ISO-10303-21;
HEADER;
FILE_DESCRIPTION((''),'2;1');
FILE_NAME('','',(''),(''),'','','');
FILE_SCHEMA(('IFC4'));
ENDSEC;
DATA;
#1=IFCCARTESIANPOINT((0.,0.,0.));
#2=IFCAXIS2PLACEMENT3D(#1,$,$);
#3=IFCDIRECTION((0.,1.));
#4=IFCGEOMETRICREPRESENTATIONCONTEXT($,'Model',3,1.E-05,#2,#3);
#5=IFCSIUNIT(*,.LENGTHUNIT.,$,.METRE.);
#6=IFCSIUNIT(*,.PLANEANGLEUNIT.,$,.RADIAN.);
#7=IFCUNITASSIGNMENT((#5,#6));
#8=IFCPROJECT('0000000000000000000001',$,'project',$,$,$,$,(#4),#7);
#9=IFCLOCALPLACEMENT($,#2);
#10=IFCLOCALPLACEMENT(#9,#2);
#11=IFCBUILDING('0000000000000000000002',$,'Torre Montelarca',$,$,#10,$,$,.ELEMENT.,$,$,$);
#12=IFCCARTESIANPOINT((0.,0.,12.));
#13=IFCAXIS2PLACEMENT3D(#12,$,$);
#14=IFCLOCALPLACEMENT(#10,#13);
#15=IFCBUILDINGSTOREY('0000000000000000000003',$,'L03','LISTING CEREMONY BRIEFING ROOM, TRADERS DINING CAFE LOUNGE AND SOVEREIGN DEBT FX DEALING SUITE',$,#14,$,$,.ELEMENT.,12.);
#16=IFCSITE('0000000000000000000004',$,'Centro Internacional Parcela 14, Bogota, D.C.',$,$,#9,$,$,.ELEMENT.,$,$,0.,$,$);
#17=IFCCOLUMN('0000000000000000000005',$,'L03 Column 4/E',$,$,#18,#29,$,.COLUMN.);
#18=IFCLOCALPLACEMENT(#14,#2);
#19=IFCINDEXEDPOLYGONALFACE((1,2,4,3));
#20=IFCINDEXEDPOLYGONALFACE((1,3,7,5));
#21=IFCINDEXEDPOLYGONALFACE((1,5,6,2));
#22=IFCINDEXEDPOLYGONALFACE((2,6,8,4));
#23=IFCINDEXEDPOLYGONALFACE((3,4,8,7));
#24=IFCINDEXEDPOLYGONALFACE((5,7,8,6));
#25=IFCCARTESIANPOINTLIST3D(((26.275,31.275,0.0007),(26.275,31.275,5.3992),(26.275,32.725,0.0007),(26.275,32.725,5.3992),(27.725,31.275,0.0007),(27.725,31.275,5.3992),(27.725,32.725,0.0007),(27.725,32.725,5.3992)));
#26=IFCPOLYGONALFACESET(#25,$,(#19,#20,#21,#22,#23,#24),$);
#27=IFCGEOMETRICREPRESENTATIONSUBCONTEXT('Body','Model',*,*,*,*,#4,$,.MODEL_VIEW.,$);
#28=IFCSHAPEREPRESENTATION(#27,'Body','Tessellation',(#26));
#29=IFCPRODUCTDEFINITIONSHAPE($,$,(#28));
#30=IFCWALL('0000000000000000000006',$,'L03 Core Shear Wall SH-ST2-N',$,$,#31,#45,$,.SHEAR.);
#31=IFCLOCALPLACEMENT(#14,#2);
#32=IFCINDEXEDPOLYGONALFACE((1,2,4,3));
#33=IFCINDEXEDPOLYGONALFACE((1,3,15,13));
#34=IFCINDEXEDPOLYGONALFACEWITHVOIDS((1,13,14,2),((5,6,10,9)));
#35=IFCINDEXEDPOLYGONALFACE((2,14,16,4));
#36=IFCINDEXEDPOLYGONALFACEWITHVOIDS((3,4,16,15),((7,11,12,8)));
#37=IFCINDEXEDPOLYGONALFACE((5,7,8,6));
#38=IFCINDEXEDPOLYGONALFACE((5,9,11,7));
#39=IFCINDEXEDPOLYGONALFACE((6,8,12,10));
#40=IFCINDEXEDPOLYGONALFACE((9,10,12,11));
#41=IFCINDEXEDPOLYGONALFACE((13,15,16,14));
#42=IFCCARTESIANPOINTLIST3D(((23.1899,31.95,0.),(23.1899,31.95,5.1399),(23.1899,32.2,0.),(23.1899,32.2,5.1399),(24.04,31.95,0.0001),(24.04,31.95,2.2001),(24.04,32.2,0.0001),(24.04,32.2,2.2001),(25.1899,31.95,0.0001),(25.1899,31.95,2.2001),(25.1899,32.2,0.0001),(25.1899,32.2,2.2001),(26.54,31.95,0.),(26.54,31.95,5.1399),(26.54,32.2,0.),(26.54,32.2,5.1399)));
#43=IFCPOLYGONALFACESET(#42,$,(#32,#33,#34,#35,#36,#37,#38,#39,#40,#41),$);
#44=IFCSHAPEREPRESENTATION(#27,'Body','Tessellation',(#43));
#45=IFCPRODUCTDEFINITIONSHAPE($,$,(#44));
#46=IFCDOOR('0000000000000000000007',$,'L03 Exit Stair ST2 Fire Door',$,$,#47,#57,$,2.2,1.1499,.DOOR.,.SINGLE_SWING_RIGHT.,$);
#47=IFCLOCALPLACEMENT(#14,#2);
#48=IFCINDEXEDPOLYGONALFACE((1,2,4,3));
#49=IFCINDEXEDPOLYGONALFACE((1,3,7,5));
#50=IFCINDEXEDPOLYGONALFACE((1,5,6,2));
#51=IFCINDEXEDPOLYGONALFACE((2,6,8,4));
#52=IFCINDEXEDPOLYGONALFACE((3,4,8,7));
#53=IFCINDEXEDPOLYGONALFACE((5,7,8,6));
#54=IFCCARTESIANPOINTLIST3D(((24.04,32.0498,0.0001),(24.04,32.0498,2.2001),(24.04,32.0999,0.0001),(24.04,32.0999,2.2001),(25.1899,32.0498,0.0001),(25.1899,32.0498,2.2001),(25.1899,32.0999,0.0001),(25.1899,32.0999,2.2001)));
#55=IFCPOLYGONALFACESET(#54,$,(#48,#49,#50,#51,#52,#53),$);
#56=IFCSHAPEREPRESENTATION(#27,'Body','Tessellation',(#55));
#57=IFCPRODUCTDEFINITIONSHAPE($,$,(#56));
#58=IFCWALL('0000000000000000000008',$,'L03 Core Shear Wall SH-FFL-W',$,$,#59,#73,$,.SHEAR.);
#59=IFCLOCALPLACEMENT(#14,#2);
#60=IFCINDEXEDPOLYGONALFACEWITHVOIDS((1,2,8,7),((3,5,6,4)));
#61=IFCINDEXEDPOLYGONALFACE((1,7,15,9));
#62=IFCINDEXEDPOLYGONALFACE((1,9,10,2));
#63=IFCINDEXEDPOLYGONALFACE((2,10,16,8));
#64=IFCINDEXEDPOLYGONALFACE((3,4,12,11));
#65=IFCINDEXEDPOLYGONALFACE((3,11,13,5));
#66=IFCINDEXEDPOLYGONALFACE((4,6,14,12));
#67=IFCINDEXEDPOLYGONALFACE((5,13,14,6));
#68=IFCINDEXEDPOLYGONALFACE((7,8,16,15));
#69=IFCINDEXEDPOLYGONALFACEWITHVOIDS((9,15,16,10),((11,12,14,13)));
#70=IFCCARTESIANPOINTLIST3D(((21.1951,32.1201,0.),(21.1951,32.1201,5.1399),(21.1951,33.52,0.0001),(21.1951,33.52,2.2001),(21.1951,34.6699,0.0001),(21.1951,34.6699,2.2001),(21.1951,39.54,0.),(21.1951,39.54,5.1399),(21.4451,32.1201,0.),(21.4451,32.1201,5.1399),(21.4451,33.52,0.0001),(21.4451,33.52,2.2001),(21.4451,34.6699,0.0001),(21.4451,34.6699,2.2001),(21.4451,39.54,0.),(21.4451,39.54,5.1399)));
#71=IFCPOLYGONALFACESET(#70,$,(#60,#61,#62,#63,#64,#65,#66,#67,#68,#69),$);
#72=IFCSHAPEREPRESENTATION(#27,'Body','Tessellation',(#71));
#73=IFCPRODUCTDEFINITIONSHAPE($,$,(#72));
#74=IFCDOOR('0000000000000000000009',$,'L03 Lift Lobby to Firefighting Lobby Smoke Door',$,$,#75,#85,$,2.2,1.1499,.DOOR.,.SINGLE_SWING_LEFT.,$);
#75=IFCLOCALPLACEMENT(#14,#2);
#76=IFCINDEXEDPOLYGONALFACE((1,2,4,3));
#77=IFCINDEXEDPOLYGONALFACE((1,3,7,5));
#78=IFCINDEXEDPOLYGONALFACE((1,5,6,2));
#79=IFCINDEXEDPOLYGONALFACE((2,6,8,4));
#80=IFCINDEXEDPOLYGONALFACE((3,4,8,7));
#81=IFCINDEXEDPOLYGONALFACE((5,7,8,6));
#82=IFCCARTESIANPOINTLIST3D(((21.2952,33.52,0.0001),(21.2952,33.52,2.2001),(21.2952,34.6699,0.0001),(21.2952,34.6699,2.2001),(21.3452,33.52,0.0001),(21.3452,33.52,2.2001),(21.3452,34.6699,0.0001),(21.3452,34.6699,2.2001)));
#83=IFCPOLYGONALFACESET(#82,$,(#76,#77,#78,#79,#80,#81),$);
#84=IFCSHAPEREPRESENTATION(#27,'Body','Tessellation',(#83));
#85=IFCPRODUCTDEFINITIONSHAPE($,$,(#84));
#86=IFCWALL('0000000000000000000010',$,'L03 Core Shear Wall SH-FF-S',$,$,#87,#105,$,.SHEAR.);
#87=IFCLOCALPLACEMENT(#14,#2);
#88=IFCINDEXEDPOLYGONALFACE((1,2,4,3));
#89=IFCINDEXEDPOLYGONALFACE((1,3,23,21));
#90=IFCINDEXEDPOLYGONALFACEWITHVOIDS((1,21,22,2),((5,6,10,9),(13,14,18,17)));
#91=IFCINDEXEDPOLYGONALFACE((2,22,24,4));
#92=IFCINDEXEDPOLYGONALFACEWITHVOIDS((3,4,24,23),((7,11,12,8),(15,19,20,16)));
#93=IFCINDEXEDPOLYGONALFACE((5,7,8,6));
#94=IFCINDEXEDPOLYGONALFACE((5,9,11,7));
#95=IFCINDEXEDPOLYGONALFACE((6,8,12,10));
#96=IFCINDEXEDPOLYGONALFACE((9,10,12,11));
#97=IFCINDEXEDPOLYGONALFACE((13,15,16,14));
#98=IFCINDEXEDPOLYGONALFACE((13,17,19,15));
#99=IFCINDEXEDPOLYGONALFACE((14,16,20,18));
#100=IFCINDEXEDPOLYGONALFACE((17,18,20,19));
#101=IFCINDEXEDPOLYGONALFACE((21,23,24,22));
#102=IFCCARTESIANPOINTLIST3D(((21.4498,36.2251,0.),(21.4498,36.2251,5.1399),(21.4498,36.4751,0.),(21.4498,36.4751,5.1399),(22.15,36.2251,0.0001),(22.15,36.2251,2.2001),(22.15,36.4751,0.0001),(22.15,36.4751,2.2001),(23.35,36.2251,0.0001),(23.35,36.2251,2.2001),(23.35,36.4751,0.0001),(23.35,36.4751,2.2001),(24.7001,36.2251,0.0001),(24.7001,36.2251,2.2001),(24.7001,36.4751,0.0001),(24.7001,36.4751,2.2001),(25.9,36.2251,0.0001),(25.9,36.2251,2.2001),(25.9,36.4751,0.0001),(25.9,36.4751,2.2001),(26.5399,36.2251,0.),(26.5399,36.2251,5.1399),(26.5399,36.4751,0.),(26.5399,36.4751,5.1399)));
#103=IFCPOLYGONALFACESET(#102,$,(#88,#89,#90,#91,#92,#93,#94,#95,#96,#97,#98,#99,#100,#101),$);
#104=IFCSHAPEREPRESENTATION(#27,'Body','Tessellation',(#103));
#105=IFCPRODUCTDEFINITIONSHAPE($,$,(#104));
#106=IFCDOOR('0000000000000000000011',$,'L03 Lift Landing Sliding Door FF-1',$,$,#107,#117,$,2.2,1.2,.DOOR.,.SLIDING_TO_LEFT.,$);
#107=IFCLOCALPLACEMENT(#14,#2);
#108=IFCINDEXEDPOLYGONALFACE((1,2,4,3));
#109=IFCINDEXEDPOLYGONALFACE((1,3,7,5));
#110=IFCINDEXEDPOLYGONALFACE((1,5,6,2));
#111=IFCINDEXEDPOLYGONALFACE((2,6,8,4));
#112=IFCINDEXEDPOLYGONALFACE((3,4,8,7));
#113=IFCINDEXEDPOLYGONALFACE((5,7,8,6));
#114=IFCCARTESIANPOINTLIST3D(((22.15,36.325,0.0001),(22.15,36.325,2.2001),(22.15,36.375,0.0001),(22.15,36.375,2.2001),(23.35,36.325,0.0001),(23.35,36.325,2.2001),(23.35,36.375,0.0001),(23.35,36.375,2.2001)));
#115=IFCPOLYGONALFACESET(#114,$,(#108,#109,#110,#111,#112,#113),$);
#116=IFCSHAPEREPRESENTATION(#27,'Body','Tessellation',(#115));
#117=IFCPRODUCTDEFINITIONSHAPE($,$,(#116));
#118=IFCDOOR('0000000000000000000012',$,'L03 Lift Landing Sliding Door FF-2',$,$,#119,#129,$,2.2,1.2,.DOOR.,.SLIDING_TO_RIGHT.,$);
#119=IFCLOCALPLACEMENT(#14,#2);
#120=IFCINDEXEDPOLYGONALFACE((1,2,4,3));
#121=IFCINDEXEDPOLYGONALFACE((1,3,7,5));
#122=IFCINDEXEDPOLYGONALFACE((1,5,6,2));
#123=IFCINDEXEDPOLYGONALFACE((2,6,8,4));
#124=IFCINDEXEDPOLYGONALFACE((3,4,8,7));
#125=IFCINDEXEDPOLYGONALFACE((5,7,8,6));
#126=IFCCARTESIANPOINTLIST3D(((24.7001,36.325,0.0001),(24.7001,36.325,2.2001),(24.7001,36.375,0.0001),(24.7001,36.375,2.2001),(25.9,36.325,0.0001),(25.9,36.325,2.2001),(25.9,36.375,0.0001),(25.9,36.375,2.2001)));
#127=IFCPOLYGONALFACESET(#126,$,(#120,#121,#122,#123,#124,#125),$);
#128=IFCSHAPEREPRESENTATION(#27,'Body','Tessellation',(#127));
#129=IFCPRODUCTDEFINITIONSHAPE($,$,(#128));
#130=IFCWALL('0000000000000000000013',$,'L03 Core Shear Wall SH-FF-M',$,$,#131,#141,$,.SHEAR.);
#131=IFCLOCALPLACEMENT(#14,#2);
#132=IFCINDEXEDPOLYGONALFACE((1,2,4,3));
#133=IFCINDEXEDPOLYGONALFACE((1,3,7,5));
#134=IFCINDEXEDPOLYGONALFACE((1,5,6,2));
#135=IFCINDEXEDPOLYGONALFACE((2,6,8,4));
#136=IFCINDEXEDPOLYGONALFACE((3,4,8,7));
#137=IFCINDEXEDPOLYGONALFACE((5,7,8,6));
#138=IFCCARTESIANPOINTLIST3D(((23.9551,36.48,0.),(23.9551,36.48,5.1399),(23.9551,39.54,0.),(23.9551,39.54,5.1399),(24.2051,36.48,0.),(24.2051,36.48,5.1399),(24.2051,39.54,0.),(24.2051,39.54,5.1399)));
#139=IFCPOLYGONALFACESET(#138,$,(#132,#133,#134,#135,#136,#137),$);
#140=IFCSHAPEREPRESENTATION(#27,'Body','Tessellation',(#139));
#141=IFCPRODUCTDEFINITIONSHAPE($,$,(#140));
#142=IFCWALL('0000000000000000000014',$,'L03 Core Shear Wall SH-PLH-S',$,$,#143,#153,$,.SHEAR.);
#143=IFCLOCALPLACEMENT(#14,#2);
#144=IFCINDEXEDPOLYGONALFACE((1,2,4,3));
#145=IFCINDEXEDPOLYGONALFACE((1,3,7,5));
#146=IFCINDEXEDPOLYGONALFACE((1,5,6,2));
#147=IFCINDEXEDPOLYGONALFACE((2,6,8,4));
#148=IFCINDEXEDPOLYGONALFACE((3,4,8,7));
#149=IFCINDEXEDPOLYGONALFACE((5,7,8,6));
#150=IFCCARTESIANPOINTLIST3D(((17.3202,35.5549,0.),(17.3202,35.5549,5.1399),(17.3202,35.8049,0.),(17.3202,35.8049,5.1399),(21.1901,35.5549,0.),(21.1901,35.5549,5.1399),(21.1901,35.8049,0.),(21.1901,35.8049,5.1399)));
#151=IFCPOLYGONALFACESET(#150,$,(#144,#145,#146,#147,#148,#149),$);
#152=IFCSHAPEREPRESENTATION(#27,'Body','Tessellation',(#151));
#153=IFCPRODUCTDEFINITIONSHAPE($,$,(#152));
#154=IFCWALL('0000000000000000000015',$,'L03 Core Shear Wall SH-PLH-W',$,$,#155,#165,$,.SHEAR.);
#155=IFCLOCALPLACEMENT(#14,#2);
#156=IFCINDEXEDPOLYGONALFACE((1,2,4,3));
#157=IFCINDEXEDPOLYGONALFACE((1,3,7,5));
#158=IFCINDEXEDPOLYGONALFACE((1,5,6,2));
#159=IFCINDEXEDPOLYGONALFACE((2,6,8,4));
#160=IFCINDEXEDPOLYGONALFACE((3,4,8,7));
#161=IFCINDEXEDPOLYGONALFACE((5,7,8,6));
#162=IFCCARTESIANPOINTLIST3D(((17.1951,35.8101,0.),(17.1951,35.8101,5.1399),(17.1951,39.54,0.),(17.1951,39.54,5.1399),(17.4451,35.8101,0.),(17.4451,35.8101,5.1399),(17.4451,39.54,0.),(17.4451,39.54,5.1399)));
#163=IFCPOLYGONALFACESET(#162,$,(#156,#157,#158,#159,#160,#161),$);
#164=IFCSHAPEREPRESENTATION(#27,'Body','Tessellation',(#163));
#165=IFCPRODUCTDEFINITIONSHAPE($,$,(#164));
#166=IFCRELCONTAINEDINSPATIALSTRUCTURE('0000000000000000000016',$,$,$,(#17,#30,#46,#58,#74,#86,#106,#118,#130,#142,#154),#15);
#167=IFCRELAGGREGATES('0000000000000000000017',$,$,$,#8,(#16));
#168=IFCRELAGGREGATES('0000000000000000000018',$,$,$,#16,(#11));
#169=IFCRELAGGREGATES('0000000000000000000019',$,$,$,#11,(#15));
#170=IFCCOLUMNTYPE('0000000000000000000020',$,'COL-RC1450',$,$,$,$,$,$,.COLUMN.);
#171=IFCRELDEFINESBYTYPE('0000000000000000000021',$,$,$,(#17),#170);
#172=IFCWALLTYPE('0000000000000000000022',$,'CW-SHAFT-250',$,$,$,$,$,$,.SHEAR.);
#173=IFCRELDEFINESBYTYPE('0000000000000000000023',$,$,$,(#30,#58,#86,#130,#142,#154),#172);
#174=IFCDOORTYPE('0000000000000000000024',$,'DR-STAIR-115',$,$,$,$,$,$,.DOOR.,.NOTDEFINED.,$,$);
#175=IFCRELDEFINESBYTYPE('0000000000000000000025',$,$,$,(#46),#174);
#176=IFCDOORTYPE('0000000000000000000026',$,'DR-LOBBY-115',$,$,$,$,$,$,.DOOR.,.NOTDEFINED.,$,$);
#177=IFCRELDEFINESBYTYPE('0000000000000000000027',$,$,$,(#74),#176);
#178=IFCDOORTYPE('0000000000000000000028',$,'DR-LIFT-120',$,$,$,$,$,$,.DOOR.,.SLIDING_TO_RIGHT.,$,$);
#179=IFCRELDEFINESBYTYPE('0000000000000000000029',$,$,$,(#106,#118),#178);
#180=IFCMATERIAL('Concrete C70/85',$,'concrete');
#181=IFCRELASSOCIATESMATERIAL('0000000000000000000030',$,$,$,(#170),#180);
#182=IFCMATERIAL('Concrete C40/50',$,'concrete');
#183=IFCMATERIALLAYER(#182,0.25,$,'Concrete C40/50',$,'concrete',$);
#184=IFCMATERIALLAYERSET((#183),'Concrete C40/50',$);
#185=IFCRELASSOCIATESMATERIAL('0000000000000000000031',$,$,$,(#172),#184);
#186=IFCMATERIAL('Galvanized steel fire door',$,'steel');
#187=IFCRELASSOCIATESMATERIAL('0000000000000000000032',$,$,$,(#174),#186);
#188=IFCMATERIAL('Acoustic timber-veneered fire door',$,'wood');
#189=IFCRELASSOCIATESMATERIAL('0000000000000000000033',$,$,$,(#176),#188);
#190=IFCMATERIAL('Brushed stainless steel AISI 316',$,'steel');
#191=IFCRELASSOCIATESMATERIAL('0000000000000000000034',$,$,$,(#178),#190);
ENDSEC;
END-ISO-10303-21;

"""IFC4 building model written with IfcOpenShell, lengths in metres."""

from ifc_helpers import new_model, si_unit, direction, frame, frame_2d, origin, origin_2d, place, context, subcontext, project, spatial, rectangle, extrude, source, transform, mapped, material, layer, layer_set, material_profile, profile_set, type_object, element, fill, save


model = new_model("IFC4")

# Units and contexts
model_context = context("Model", 3, precision=1e-05, world=origin(), true_north=direction((0.0, 1.0)))
body_context = subcontext(model_context, "Body", "Model", "MODEL_VIEW")
ifc_project = project(units=[si_unit("LENGTHUNIT", "METRE"), si_unit("PLANEANGLEUNIT", "RADIAN")], contexts=[model_context])

# Site, building, storey
site_placement = place(None, origin())
site = spatial("IfcSite", under=ifc_project, at=site_placement, Name="Centro Internacional Parcela 14, Bogota, D.C.", CompositionType="ELEMENT", RefElevation=0.0)
building_placement = place(site_placement, origin())
building = spatial("IfcBuilding", under=site, at=building_placement, Name="Torre Montelarca", CompositionType="ELEMENT")
storey_placement = place(building_placement, frame((0.0, 0.0, 12.0)))
storey = spatial("IfcBuildingStorey", under=building, at=storey_placement, Name="L03", Description="LISTING CEREMONY BRIEFING ROOM, TRADERS DINING CAFE LOUNGE AND SOVEREIGN DEBT FX DEALING SUITE", CompositionType="ELEMENT", Elevation=12.0)

# Column
ifc_material_1 = material(Name="Concrete C70/85", Category="concrete")
ifc_material_profile = material_profile(ifc_material_1, rectangle(XDim=1.45, YDim=1.45, at=origin_2d()), Name="RC1450X1450", Category="concrete")
ifc_profile_set = profile_set([ifc_material_profile], Name="Concrete C70/85")
column_type = type_object("IfcColumnType", Name="COL-RC1450", PredefinedType="COLUMN", material=ifc_profile_set)
shared_shape_1 = source(origin(), body_context, "Body", "SweptSolid", [
    extrude(rectangle(XDim=1.45, YDim=1.45, at=origin_2d()), origin(), (0.0, 0.0, 1.0), 5.3984),
])
column_placement = place(storey_placement, frame((27.0, 32.0, 0.0007), z_axis=(0.0, 0.0, 1.0), x_axis=(1.0, 0.0, 0.0)))
element("IfcColumn", 1, at=column_placement, inside=storey, type_object=column_type, Name="L03 Column 4/E", PredefinedType="COLUMN", context=body_context, shape_type="MappedRepresentation", body=[
    mapped(shared_shape_1, transform((0.0, 0.0, 0.0), scale=1.0)),
])

# Walls, openings, doors
ifc_material_2 = material(Name="Concrete C40/50", Category="concrete")
ifc_layer_1 = layer(ifc_material_2, 0.25, Name="Concrete C40/50", Category="concrete")
ifc_layer_set_1 = layer_set([ifc_layer_1], Name="Concrete C40/50")
wall_type_1 = type_object("IfcWallType", Name="CW-SHAFT-250", PredefinedType="SHEAR", material=ifc_layer_set_1)
wall_1_placement = place(storey_placement, frame((23.1899, 32.075, 0.0), z_axis=(0.0, 0.0, 1.0), x_axis=(1.0, 0.0, 0.0)))
wall_1 = element("IfcWall", 2, at=wall_1_placement, inside=storey, type_object=wall_type_1, Name="L03 Core Shear Wall SH-ST2-N", PredefinedType="SHEAR", context=body_context, shape_type="SweptSolid", body=[
    extrude(rectangle(XDim=3.3501, YDim=0.25, at=frame_2d((1.675, 0.0))), origin(), (0.0, 0.0, 1.0), 5.1399),
])
opening_1_placement = place(wall_1_placement, frame((0.8501, 0.0, 0.0)))
opening_1 = element("IfcOpeningElement", 3, at=opening_1_placement, cuts=wall_1, PredefinedType="OPENING", context=body_context, shape_type="SweptSolid", body=[
    extrude(rectangle(XDim=1.1499, YDim=2.2, at=frame_2d((0.575, 1.1001))), frame((0.0, 0.135, 0.0), z_axis=(0.0, -1.0, 0.0), x_axis=(1.0, 0.0, 0.0)), (0.0, 0.0, 1.0), 0.27),
])
ifc_material_3 = material(Name="Galvanized steel fire door", Category="steel")
door_type_1 = type_object("IfcDoorType", Name="DR-STAIR-115", OperationType="NOTDEFINED", PredefinedType="DOOR", material=ifc_material_3)
shared_shape_2 = source(origin(), body_context, "Body", "SweptSolid", [
    extrude(rectangle(XDim=1.1499, YDim=2.2, at=frame_2d((0.575, 1.1001))), frame((0.0, 0.0249, 0.0), z_axis=(0.0, -1.0, 0.0), x_axis=(1.0, 0.0, 0.0)), (0.0, 0.0, 1.0), 0.05),
])
door_1_placement = place(opening_1_placement, origin())
door_1 = element("IfcDoor", 4, at=door_1_placement, inside=storey, type_object=door_type_1, Name="L03 Exit Stair ST2 Fire Door", OperationType="SINGLE_SWING_RIGHT", OverallHeight=2.2, OverallWidth=1.1499, PredefinedType="DOOR", context=body_context, shape_type="MappedRepresentation", body=[
    mapped(shared_shape_2, transform((0.0, 0.0, 0.0), scale=1.0)),
])
fill(opening_1, door_1)
wall_2_placement = place(storey_placement, frame((21.3201, 32.1201, 0.0), z_axis=(0.0, 0.0, 1.0), x_axis=(0.0, 1.0, 0.0)))
wall_2 = element("IfcWall", 5, at=wall_2_placement, inside=storey, type_object=wall_type_1, Name="L03 Core Shear Wall SH-FFL-W", PredefinedType="SHEAR", context=body_context, shape_type="SweptSolid", body=[
    extrude(rectangle(XDim=7.4199, YDim=0.25, at=frame_2d((3.71, 0.0))), origin(), (0.0, 0.0, 1.0), 5.1399),
])
opening_2_placement = place(wall_2_placement, frame((1.3999, 0.0, 0.0)))
opening_2 = element("IfcOpeningElement", 6, at=opening_2_placement, cuts=wall_2, PredefinedType="OPENING", context=body_context, shape_type="SweptSolid", body=[
    extrude(rectangle(XDim=1.1499, YDim=2.2, at=frame_2d((0.575, 1.1001))), frame((0.0, 0.135, 0.0), z_axis=(0.0, -1.0, 0.0), x_axis=(1.0, 0.0, 0.0)), (0.0, 0.0, 1.0), 0.27),
])
ifc_material_4 = material(Name="Acoustic timber-veneered fire door", Category="wood")
door_type_2 = type_object("IfcDoorType", Name="DR-LOBBY-115", OperationType="NOTDEFINED", PredefinedType="DOOR", material=ifc_material_4)
shared_shape_3 = source(origin(), body_context, "Body", "SweptSolid", [
    extrude(rectangle(XDim=1.1499, YDim=2.2, at=frame_2d((0.575, 1.1001))), frame((0.0, 0.0249, 0.0), z_axis=(0.0, -1.0, 0.0), x_axis=(1.0, 0.0, 0.0)), (0.0, 0.0, 1.0), 0.05),
])
door_2_placement = place(opening_2_placement, origin())
door_2 = element("IfcDoor", 7, at=door_2_placement, inside=storey, type_object=door_type_2, Name="L03 Lift Lobby to Firefighting Lobby Smoke Door", OperationType="SINGLE_SWING_LEFT", OverallHeight=2.2, OverallWidth=1.1499, PredefinedType="DOOR", context=body_context, shape_type="MappedRepresentation", body=[
    mapped(shared_shape_3, transform((0.0, 0.0, 0.0), scale=1.0)),
])
fill(opening_2, door_2)

# Wall, openings, doors
wall_3_placement = place(storey_placement, frame((21.45, 36.3501, 0.0), z_axis=(0.0, 0.0, 1.0), x_axis=(1.0, 0.0, 0.0)))
wall_3 = element("IfcWall", 8, at=wall_3_placement, inside=storey, type_object=wall_type_1, Name="L03 Core Shear Wall SH-FF-S", PredefinedType="SHEAR", context=body_context, shape_type="SweptSolid", body=[
    extrude(rectangle(XDim=5.0901, YDim=0.25, at=frame_2d((2.5449, 0.0))), origin(), (0.0, 0.0, 1.0), 5.1399),
])
opening_3_placement = place(wall_3_placement, frame((0.7, 0.0, 0.0)))
opening_3 = element("IfcOpeningElement", 9, at=opening_3_placement, cuts=wall_3, PredefinedType="OPENING", context=body_context, shape_type="SweptSolid", body=[
    extrude(rectangle(XDim=1.2, YDim=2.2, at=frame_2d((0.6001, 1.1001))), frame((0.0, 0.135, 0.0), z_axis=(0.0, -1.0, 0.0), x_axis=(1.0, 0.0, 0.0)), (0.0, 0.0, 1.0), 0.27),
])
opening_4_placement = place(wall_3_placement, frame((3.25, 0.0, 0.0)))
opening_4 = element("IfcOpeningElement", 10, at=opening_4_placement, cuts=wall_3, PredefinedType="OPENING", context=body_context, shape_type="SweptSolid", body=[
    extrude(rectangle(XDim=1.2, YDim=2.2, at=frame_2d((0.6001, 1.1001))), frame((0.0, 0.135, 0.0), z_axis=(0.0, -1.0, 0.0), x_axis=(1.0, 0.0, 0.0)), (0.0, 0.0, 1.0), 0.27),
])
ifc_material_5 = material(Name="Brushed stainless steel AISI 316", Category="steel")
door_type_3 = type_object("IfcDoorType", Name="DR-LIFT-120", OperationType="SLIDING_TO_RIGHT", PredefinedType="DOOR", material=ifc_material_5)
shared_shape_4 = source(origin(), body_context, "Body", "SweptSolid", [
    extrude(rectangle(XDim=1.2, YDim=2.2, at=frame_2d((0.6001, 1.1001))), frame((0.0, 0.0249, 0.0), z_axis=(0.0, -1.0, 0.0), x_axis=(1.0, 0.0, 0.0)), (0.0, 0.0, 1.0), 0.05),
])
door_3_placement = place(opening_3_placement, origin())
door_3 = element("IfcDoor", 11, at=door_3_placement, inside=storey, type_object=door_type_3, Name="L03 Lift Landing Sliding Door FF-1", OperationType="SLIDING_TO_LEFT", OverallHeight=2.2, OverallWidth=1.2, PredefinedType="DOOR", context=body_context, shape_type="MappedRepresentation", body=[
    mapped(shared_shape_4, transform((0.0, 0.0, 0.0), scale=1.0)),
])
fill(opening_3, door_3)
door_4_placement = place(opening_4_placement, origin())
door_4 = element("IfcDoor", 12, at=door_4_placement, inside=storey, type_object=door_type_3, Name="L03 Lift Landing Sliding Door FF-2", OperationType="SLIDING_TO_RIGHT", OverallHeight=2.2, OverallWidth=1.2, PredefinedType="DOOR", context=body_context, shape_type="MappedRepresentation", body=[
    mapped(shared_shape_4, transform((0.0, 0.0, 0.0), scale=1.0)),
])
fill(opening_4, door_4)

# Walls
wall_4_placement = place(storey_placement, frame((24.0801, 36.48, 0.0), z_axis=(0.0, 0.0, 1.0), x_axis=(0.0, 1.0, 0.0)))
element("IfcWall", 13, at=wall_4_placement, inside=storey, type_object=wall_type_1, Name="L03 Core Shear Wall SH-FF-M", PredefinedType="SHEAR", context=body_context, shape_type="SweptSolid", body=[
    extrude(rectangle(XDim=3.0601, YDim=0.25, at=frame_2d((1.53, 0.0))), origin(), (0.0, 0.0, 1.0), 5.1399),
])
wall_5_placement = place(storey_placement, frame((17.3201, 35.6799, 0.0), z_axis=(0.0, 0.0, 1.0), x_axis=(1.0, 0.0, 0.0)))
element("IfcWall", 14, at=wall_5_placement, inside=storey, type_object=wall_type_1, Name="L03 Core Shear Wall SH-PLH-S", PredefinedType="SHEAR", context=body_context, shape_type="SweptSolid", body=[
    extrude(rectangle(XDim=3.8699, YDim=0.25, at=frame_2d((1.9351, 0.0))), origin(), (0.0, 0.0, 1.0), 5.1399),
])
for number, where, z_axis, x_axis, name in (
    (15, (17.3201, 35.8101, 0.0), (0.0, 0.0, 1.0), (0.0, 1.0, 0.0), "L03 Core Shear Wall SH-PLH-W"),
):
    element("IfcWall", number, at=place(storey_placement, frame(where, z_axis=z_axis, x_axis=x_axis)), inside=storey, type_object=wall_type_1, Name=name, PredefinedType="SHEAR", context=body_context, shape_type="SweptSolid", body=[
        extrude(rectangle(XDim=3.73, YDim=0.25, at=frame_2d((1.865, 0.0))), origin(), (0.0, 0.0, 1.0), 5.1399),
    ])

save(model, "model.ifc")
